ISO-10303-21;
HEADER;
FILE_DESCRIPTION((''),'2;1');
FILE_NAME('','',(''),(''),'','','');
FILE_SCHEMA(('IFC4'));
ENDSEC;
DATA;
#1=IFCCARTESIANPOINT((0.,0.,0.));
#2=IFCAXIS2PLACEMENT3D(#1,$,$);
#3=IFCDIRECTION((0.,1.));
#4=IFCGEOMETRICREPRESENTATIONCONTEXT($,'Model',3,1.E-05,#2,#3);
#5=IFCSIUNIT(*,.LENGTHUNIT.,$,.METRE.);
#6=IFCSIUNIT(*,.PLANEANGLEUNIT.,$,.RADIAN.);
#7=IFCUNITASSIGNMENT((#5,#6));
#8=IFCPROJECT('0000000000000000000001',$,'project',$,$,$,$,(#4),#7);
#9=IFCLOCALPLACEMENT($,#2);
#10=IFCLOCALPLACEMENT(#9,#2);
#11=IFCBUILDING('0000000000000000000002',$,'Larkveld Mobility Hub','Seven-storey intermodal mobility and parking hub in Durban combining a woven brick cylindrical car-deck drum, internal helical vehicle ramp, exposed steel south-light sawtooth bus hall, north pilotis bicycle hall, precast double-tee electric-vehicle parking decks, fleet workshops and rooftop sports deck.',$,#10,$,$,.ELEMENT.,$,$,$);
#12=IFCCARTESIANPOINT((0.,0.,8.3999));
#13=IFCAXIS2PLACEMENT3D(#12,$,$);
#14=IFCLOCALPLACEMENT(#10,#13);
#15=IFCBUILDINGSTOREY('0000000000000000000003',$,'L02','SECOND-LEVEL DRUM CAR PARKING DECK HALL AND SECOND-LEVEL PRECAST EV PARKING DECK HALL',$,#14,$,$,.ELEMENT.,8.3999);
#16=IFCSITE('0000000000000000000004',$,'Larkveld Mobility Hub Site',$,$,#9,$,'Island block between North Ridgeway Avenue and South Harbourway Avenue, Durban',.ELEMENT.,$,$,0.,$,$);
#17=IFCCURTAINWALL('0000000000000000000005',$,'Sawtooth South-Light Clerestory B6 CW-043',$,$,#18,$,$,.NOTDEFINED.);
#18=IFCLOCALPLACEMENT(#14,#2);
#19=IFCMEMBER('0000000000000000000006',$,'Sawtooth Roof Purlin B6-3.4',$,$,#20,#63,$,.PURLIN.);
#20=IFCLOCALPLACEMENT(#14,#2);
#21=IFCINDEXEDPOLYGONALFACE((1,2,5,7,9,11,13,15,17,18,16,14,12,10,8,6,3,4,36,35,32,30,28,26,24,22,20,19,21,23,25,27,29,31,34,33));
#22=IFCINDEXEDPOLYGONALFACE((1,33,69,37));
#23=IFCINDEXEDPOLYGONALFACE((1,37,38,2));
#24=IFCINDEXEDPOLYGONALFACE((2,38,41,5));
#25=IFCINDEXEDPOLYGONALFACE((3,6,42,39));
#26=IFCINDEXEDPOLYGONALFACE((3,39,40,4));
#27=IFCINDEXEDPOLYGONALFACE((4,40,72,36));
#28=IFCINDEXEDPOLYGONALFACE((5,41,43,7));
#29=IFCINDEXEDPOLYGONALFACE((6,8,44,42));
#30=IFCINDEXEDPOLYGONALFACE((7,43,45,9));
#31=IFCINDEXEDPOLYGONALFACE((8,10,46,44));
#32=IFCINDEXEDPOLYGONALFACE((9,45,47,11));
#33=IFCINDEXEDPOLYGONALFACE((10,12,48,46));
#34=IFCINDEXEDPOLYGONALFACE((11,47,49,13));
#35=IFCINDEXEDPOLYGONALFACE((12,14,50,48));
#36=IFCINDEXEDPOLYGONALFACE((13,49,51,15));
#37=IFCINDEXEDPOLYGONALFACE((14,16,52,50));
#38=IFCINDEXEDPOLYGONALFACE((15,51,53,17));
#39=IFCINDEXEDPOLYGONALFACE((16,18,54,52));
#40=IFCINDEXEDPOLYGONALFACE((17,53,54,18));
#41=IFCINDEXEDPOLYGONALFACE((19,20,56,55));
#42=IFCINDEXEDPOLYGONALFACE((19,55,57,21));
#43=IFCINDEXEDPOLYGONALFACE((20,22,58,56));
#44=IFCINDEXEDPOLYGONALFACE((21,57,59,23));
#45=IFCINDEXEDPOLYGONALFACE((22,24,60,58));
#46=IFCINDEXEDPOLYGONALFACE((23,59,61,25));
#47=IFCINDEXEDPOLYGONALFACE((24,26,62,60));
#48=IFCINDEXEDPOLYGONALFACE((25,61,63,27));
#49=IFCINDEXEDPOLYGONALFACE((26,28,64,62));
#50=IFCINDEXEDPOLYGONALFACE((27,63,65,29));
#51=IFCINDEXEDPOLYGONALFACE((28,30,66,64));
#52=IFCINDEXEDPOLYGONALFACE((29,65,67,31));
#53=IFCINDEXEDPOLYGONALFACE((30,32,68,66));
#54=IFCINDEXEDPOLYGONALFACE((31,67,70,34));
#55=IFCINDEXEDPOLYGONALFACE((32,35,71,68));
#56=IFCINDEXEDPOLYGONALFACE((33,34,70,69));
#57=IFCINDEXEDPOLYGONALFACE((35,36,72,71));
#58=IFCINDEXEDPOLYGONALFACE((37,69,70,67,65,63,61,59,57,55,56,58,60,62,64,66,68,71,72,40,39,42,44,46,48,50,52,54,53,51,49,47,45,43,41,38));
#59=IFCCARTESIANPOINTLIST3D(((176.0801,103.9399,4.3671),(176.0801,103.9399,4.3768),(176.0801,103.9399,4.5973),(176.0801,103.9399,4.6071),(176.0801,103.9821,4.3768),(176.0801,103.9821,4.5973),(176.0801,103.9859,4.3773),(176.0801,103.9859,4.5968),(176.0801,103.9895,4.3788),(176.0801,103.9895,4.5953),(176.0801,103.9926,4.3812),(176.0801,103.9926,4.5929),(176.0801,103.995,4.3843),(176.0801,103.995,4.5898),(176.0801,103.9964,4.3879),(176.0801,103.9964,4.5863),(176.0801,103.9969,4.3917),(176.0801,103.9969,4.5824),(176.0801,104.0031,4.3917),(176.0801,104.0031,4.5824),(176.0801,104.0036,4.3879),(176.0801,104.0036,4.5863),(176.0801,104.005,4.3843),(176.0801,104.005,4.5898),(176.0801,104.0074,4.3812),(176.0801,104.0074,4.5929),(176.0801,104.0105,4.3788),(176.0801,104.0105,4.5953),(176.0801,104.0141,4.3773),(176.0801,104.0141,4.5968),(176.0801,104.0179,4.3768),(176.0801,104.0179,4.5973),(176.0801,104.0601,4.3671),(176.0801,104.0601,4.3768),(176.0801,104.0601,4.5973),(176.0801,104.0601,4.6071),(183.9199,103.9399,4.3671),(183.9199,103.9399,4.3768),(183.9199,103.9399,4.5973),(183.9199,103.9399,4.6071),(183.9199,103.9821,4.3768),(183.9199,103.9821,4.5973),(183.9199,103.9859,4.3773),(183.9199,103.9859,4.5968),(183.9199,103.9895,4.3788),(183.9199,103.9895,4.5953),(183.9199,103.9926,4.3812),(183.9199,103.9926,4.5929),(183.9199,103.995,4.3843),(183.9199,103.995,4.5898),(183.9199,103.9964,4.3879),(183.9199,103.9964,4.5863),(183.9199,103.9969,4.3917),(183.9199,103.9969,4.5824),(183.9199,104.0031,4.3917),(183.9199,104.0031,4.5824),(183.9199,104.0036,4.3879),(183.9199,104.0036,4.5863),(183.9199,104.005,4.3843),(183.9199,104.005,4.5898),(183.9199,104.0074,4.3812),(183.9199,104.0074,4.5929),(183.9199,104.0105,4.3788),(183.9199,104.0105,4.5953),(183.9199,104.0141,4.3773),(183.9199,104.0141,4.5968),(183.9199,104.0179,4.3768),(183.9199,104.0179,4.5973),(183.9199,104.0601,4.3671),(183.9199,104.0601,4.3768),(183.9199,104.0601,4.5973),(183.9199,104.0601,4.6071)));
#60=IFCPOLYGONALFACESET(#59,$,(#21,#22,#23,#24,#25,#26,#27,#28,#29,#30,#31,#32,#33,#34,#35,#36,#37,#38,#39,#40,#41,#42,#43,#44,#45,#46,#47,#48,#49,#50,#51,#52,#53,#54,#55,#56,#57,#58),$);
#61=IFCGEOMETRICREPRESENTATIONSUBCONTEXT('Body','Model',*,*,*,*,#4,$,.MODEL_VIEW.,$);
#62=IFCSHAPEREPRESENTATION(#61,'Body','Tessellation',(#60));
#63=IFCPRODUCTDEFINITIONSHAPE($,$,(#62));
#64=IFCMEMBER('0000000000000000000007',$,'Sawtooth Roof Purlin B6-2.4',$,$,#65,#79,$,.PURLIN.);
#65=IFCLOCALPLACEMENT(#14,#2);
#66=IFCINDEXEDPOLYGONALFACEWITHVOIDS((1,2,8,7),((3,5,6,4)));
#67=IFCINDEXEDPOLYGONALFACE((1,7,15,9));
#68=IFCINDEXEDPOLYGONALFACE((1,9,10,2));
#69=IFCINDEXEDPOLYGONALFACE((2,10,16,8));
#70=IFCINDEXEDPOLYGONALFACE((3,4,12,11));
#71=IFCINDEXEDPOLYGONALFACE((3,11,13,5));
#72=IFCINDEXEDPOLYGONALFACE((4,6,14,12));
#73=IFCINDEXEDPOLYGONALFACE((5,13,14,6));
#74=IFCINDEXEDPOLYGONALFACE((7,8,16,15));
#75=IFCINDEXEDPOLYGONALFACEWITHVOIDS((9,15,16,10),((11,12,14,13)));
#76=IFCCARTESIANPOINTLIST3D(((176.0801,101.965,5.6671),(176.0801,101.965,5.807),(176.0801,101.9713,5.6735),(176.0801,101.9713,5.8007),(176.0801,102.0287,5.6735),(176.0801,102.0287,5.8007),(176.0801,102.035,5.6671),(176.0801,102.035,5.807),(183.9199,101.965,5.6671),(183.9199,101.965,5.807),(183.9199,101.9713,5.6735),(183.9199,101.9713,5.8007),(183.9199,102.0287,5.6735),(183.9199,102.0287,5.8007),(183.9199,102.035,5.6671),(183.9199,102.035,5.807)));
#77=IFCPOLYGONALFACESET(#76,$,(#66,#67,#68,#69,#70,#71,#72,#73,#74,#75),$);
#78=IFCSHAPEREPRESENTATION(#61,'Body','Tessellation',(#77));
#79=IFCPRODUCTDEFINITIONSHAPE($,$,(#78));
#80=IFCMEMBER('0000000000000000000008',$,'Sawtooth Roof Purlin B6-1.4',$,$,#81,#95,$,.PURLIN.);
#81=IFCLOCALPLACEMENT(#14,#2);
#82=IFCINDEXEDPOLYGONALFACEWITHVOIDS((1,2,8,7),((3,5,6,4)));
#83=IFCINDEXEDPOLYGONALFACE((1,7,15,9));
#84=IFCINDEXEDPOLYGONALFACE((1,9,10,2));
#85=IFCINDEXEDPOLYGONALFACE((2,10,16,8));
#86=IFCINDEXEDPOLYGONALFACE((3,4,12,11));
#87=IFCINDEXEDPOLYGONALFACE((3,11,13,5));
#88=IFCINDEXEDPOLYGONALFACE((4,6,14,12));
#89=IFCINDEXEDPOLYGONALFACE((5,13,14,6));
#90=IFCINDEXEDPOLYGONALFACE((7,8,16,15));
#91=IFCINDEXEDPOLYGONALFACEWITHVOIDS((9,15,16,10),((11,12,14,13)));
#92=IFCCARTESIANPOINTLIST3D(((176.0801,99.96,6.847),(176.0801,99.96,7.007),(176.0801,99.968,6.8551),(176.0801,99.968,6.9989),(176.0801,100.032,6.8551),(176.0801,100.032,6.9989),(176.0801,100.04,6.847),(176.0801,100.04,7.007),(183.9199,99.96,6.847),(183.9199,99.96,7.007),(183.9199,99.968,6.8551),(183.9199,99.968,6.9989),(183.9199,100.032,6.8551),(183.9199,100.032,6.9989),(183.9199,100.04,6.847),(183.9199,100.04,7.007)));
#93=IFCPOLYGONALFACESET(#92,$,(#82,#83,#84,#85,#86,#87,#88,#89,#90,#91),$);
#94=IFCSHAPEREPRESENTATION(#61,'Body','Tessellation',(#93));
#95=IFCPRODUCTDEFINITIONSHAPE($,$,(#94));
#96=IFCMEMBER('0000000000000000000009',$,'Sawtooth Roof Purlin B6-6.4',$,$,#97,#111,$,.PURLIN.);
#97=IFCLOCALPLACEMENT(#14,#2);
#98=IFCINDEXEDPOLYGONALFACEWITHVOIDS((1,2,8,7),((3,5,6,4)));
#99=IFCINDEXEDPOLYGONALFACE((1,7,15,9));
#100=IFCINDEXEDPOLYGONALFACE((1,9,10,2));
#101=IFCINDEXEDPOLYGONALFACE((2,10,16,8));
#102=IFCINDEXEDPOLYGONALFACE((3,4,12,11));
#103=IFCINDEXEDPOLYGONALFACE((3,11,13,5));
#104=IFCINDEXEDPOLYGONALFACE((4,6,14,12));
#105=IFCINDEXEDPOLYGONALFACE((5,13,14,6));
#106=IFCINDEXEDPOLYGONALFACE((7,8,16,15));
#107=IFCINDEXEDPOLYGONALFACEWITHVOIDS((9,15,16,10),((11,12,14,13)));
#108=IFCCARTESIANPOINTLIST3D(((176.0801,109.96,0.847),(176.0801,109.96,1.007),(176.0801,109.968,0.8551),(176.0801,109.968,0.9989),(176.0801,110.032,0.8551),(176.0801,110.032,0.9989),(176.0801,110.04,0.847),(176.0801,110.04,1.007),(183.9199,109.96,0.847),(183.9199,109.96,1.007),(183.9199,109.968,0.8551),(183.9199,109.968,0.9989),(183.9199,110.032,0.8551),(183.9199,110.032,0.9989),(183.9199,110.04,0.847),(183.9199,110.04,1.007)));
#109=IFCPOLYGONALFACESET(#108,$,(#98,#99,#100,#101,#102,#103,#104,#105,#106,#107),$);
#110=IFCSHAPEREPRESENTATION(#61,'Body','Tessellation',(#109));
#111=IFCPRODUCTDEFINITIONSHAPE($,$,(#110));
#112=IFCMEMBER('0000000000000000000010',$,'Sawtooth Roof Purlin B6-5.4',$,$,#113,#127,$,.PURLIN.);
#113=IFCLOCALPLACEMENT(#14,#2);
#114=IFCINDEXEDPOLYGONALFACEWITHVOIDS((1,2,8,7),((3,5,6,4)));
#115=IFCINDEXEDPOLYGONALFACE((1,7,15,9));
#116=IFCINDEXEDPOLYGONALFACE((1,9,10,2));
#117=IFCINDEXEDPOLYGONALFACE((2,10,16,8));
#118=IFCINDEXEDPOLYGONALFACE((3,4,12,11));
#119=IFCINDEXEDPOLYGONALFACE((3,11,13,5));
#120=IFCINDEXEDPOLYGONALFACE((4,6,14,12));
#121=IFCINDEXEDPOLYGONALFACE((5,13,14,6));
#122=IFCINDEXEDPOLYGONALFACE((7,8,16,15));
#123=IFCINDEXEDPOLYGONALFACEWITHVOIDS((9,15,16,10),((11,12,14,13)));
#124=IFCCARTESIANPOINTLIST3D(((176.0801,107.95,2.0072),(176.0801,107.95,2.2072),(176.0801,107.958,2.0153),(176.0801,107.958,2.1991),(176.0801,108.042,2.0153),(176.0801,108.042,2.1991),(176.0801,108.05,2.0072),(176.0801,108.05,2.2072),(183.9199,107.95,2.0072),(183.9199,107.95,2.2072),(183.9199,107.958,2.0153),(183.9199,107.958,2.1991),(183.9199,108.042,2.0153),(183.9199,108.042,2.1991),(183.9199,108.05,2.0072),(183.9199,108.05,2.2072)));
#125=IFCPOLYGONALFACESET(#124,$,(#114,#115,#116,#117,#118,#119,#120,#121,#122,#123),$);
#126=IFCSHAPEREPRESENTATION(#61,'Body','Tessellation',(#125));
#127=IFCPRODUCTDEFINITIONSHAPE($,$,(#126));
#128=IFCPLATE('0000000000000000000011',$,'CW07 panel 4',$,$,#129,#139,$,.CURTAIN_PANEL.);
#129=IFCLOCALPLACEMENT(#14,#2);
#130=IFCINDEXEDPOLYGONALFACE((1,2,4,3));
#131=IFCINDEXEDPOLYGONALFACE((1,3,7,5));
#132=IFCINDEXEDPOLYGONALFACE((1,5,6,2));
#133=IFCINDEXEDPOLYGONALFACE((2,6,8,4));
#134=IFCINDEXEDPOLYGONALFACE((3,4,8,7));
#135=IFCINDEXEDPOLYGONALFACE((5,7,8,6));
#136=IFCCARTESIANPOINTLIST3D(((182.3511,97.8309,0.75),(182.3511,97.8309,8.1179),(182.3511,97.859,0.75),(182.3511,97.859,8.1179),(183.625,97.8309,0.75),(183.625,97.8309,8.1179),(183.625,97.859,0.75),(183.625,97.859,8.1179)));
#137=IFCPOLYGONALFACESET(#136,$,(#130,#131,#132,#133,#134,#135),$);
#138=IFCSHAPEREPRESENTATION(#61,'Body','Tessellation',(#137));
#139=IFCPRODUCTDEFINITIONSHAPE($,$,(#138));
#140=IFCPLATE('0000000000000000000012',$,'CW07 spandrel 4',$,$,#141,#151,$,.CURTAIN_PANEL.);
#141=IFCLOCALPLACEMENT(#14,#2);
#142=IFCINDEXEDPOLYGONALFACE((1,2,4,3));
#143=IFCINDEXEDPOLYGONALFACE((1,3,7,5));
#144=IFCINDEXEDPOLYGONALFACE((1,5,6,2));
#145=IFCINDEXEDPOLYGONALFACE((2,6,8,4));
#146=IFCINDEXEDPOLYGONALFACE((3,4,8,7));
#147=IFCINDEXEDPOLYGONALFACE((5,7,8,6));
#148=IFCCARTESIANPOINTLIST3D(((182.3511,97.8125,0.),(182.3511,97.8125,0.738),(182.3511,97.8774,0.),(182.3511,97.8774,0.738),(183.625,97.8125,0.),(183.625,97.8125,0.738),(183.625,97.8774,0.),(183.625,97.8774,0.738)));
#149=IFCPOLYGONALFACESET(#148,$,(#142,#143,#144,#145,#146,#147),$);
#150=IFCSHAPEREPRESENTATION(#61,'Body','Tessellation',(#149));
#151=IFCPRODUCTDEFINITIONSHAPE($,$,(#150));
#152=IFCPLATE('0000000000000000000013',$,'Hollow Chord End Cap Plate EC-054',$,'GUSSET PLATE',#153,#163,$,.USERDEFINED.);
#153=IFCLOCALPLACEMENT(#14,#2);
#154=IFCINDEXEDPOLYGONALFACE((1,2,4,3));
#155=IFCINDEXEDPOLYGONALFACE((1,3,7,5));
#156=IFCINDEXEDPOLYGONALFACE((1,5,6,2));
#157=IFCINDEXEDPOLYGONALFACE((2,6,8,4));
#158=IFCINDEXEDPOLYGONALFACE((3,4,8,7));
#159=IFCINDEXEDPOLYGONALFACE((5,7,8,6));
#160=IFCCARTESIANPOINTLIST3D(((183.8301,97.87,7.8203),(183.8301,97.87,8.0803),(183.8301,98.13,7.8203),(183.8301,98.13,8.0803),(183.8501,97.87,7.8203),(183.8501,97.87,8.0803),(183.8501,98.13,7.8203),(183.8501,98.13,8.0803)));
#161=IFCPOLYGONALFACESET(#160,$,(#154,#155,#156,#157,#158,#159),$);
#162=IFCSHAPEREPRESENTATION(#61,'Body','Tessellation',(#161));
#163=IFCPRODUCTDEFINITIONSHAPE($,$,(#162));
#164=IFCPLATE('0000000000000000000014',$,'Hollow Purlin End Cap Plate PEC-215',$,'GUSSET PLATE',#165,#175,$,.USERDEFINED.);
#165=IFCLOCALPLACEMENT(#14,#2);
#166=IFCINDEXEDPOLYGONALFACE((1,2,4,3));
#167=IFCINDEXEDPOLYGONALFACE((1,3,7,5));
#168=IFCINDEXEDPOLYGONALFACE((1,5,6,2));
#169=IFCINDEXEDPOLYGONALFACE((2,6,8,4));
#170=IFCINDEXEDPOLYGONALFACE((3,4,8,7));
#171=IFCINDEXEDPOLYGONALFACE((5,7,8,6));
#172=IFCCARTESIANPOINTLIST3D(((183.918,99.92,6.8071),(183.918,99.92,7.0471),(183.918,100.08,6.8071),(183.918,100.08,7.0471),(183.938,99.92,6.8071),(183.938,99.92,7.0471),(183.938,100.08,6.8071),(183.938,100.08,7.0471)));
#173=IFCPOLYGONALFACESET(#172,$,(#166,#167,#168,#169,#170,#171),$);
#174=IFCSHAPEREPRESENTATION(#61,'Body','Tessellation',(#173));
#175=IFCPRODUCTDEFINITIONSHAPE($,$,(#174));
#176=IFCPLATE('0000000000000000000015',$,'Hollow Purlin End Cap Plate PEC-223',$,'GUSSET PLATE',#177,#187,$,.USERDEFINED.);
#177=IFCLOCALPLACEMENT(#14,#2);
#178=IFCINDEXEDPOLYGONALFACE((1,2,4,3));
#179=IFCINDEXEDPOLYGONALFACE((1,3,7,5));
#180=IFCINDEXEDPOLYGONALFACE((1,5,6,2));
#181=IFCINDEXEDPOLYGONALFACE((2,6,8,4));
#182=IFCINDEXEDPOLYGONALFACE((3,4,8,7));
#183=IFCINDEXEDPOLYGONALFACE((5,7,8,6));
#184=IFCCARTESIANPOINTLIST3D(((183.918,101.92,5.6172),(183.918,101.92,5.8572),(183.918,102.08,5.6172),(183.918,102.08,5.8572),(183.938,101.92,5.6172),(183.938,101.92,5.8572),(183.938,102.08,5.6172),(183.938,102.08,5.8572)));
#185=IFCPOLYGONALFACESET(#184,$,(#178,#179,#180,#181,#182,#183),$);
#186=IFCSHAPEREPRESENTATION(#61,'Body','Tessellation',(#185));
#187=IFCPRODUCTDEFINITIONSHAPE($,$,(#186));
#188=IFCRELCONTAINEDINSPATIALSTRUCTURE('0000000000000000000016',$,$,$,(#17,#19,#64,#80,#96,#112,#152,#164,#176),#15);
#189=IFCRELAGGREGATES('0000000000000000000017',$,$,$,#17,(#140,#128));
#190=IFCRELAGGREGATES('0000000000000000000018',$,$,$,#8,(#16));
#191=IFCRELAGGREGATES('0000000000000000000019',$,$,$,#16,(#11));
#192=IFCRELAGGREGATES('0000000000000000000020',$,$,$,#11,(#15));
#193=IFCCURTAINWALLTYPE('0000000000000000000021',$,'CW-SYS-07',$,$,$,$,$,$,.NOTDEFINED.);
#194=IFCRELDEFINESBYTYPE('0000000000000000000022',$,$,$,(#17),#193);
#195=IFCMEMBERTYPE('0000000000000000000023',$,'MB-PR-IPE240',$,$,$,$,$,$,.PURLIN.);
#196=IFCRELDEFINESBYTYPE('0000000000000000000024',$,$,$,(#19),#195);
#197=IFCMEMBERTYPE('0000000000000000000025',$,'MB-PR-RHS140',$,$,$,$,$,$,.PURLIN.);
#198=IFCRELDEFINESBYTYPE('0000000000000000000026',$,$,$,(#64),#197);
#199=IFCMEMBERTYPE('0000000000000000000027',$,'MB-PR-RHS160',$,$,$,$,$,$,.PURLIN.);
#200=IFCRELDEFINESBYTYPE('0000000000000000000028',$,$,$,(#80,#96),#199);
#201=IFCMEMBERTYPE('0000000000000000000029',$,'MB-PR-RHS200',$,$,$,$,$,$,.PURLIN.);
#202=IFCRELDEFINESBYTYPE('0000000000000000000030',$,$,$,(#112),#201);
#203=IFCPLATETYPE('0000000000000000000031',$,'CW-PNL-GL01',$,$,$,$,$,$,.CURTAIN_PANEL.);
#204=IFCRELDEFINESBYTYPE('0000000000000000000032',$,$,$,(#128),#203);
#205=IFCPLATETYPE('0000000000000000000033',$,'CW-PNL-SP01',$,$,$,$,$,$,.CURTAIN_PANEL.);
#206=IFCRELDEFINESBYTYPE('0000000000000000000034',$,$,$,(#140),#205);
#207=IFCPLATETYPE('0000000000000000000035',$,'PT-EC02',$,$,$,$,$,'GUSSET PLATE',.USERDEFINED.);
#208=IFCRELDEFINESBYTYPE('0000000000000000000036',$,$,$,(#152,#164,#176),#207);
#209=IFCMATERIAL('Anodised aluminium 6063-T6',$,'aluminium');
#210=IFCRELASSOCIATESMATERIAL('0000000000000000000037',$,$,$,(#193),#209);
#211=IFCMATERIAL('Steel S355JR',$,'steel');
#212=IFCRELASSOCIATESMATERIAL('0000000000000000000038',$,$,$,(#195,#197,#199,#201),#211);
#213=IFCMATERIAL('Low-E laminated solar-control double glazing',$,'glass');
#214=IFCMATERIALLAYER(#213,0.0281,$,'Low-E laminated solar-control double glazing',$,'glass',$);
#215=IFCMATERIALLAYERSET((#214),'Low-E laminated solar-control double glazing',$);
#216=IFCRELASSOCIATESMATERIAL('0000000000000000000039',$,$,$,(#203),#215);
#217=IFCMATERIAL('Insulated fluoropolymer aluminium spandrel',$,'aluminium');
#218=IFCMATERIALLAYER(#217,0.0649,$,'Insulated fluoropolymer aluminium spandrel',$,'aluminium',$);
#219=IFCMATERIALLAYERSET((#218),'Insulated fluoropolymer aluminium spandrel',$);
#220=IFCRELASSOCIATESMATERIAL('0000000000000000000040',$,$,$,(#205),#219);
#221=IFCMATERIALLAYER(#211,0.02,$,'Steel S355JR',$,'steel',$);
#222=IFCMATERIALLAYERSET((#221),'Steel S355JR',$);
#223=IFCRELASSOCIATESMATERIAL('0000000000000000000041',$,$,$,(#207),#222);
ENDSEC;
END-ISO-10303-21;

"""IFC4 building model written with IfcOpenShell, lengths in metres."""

from ifc_helpers import new_model, si_unit, direction, frame, origin, origin_2d, place, context, subcontext, project, spatial, rectangle, hollow_rectangle, i_section, extrude, material, layer, layer_set, material_profile, profile_set, type_object, element, aggregate, save


model = new_model("IFC4")

# Units and contexts
model_context = context("Model", 3, precision=1e-05, world=origin(), true_north=direction((0.0, 1.0)))
body_context = subcontext(model_context, "Body", "Model", "MODEL_VIEW")
ifc_project = project(units=[si_unit("LENGTHUNIT", "METRE"), si_unit("PLANEANGLEUNIT", "RADIAN")], contexts=[model_context])

# Site, building, storey
site_placement = place(None, origin())
site = spatial("IfcSite", under=ifc_project, at=site_placement, Name="Larkveld Mobility Hub Site", LongName="Island block between North Ridgeway Avenue and South Harbourway Avenue, Durban", CompositionType="ELEMENT", RefElevation=0.0)
building_placement = place(site_placement, origin())
building = spatial("IfcBuilding", under=site, at=building_placement, Name="Larkveld Mobility Hub", Description="Seven-storey intermodal mobility and parking hub in Durban combining a woven brick cylindrical car-deck drum, internal helical vehicle ramp, exposed steel south-light sawtooth bus hall, north pilotis bicycle hall, precast double-tee electric-vehicle parking decks, fleet workshops and rooftop sports deck.", CompositionType="ELEMENT")
storey_placement = place(building_placement, frame((0.0, 0.0, 8.3999)))
storey = spatial("IfcBuildingStorey", under=building, at=storey_placement, Name="L02", Description="SECOND-LEVEL DRUM CAR PARKING DECK HALL AND SECOND-LEVEL PRECAST EV PARKING DECK HALL", CompositionType="ELEMENT", Elevation=8.3999)

# Shared definitions
ifc_material_1 = material(Name="Steel S355JR", Category="steel")

# Curtain wall
ifc_material_2 = material(Name="Anodised aluminium 6063-T6", Category="aluminium")
curtain_wall_type = type_object("IfcCurtainWallType", Name="CW-SYS-07", PredefinedType="NOTDEFINED", material=ifc_material_2)
curtain_wall_placement = place(storey_placement, origin())
curtain_wall = element("IfcCurtainWall", 1, at=curtain_wall_placement, inside=storey, type_object=curtain_wall_type, Name="Sawtooth South-Light Clerestory B6 CW-043", PredefinedType="NOTDEFINED")

# Members
ifc_material_profile_1 = material_profile(ifc_material_1, i_section(OverallWidth=0.1201, OverallDepth=0.24, WebThickness=0.0061, FlangeThickness=0.0098, FilletRadius=0.0149, at=origin_2d()), Name="IPE 240")
ifc_profile_set_1 = profile_set([ifc_material_profile_1], Name="Steel S355JR")
member_type_1 = type_object("IfcMemberType", Name="MB-PR-IPE240", PredefinedType="PURLIN", material=ifc_profile_set_1)
member_1_placement = place(storey_placement, frame((176.0801, 104.0, 4.4871), z_axis=(1.0, 0.0, 0.0), x_axis=(0.0, 1.0, 0.0)))
element("IfcMember", 2, at=member_1_placement, inside=storey, type_object=member_type_1, Name="Sawtooth Roof Purlin B6-3.4", PredefinedType="PURLIN", context=body_context, shape_type="SweptSolid", body=[
    extrude(i_section(OverallWidth=0.1201, OverallDepth=0.24, WebThickness=0.0061, FlangeThickness=0.0098, FilletRadius=0.0149, at=origin_2d()), origin(), (0.0, 0.0, 1.0), 7.8398),
])
ifc_material_profile_2 = material_profile(ifc_material_1, hollow_rectangle(XDim=0.0701, YDim=0.1399, WallThickness=0.0063, at=origin_2d()), Name="RHS 140x70x6.3")
ifc_profile_set_2 = profile_set([ifc_material_profile_2], Name="Steel S355JR")
member_type_2 = type_object("IfcMemberType", Name="MB-PR-RHS140", PredefinedType="PURLIN", material=ifc_profile_set_2)
member_2_placement = place(storey_placement, frame((176.0801, 102.0, 5.7371), z_axis=(1.0, 0.0, 0.0), x_axis=(0.0, 1.0, 0.0)))
element("IfcMember", 3, at=member_2_placement, inside=storey, type_object=member_type_2, Name="Sawtooth Roof Purlin B6-2.4", PredefinedType="PURLIN", context=body_context, shape_type="SweptSolid", body=[
    extrude(hollow_rectangle(XDim=0.0701, YDim=0.1399, WallThickness=0.0063, at=origin_2d()), origin(), (0.0, 0.0, 1.0), 7.8398),
])
ifc_material_profile_3 = material_profile(ifc_material_1, hollow_rectangle(XDim=0.0801, YDim=0.1599, WallThickness=0.0081, at=origin_2d()), Name="RHS 160x80x8")
ifc_profile_set_3 = profile_set([ifc_material_profile_3], Name="Steel S355JR")
member_type_3 = type_object("IfcMemberType", Name="MB-PR-RHS160", PredefinedType="PURLIN", material=ifc_profile_set_3)
for number, where, z_axis, x_axis, name in (
    (4, (176.0801, 100.0, 6.927), (1.0, 0.0, 0.0), (0.0, 1.0, 0.0), "Sawtooth Roof Purlin B6-1.4"),
    (5, (176.0801, 110.0, 0.927), (1.0, 0.0, 0.0), (0.0, 1.0, 0.0), "Sawtooth Roof Purlin B6-6.4"),
):
    element("IfcMember", number, at=place(storey_placement, frame(where, z_axis=z_axis, x_axis=x_axis)), inside=storey, type_object=member_type_3, Name=name, PredefinedType="PURLIN", context=body_context, shape_type="SweptSolid", body=[
        extrude(hollow_rectangle(XDim=0.0801, YDim=0.1599, WallThickness=0.0081, at=origin_2d()), origin(), (0.0, 0.0, 1.0), 7.8398),
    ])
ifc_material_profile_4 = material_profile(ifc_material_1, hollow_rectangle(XDim=0.1001, YDim=0.2, WallThickness=0.0081, at=origin_2d()), Name="RHS 200x100x8")
ifc_profile_set_4 = profile_set([ifc_material_profile_4], Name="Steel S355JR")
member_type_4 = type_object("IfcMemberType", Name="MB-PR-RHS200", PredefinedType="PURLIN", material=ifc_profile_set_4)
member_3_placement = place(storey_placement, frame((176.0801, 108.0, 2.1072), z_axis=(1.0, 0.0, 0.0), x_axis=(0.0, 1.0, 0.0)))
element("IfcMember", 6, at=member_3_placement, inside=storey, type_object=member_type_4, Name="Sawtooth Roof Purlin B6-5.4", PredefinedType="PURLIN", context=body_context, shape_type="SweptSolid", body=[
    extrude(hollow_rectangle(XDim=0.1001, YDim=0.2, WallThickness=0.0081, at=origin_2d()), origin(), (0.0, 0.0, 1.0), 7.8398),
])

# Plates
ifc_material_3 = material(Name="Low-E laminated solar-control double glazing", Category="glass")
ifc_layer_1 = layer(ifc_material_3, 0.0281, Name="Low-E laminated solar-control double glazing", Category="glass")
ifc_layer_set_1 = layer_set([ifc_layer_1], Name="Low-E laminated solar-control double glazing")
plate_type_1 = type_object("IfcPlateType", Name="CW-PNL-GL01", PredefinedType="CURTAIN_PANEL", material=ifc_layer_set_1)
plate_1_placement = place(storey_placement, frame((182.988, 97.845, 0.75), z_axis=(0.0, 0.0, 1.0), x_axis=(1.0, 0.0, 0.0)))
plate_1 = element("IfcPlate", 7, at=plate_1_placement, type_object=plate_type_1, Name="CW07 panel 4", PredefinedType="CURTAIN_PANEL", context=body_context, shape_type="SweptSolid", body=[
    extrude(rectangle(XDim=1.2739, YDim=0.0281, at=origin_2d()), origin(), (0.0, 0.0, 1.0), 7.3679),
])
ifc_material_4 = material(Name="Insulated fluoropolymer aluminium spandrel", Category="aluminium")
ifc_layer_2 = layer(ifc_material_4, 0.0649, Name="Insulated fluoropolymer aluminium spandrel", Category="aluminium")
ifc_layer_set_2 = layer_set([ifc_layer_2], Name="Insulated fluoropolymer aluminium spandrel")
plate_type_2 = type_object("IfcPlateType", Name="CW-PNL-SP01", PredefinedType="CURTAIN_PANEL", material=ifc_layer_set_2)
plate_2_placement = place(storey_placement, frame((182.988, 97.845, 0.0), z_axis=(0.0, 0.0, 1.0), x_axis=(1.0, 0.0, 0.0)))
plate_2 = element("IfcPlate", 8, at=plate_2_placement, type_object=plate_type_2, Name="CW07 spandrel 4", PredefinedType="CURTAIN_PANEL", context=body_context, shape_type="SweptSolid", body=[
    extrude(rectangle(XDim=1.2739, YDim=0.0649, at=origin_2d()), origin(), (0.0, 0.0, 1.0), 0.738),
])
aggregate(curtain_wall, [plate_2, plate_1])

# Plates
ifc_layer_3 = layer(ifc_material_1, 0.02, Name="Steel S355JR", Category="steel")
ifc_layer_set_3 = layer_set([ifc_layer_3], Name="Steel S355JR")
plate_type_3 = type_object("IfcPlateType", Name="PT-EC02", ElementType="GUSSET PLATE", PredefinedType="USERDEFINED", material=ifc_layer_set_3)
plate_3_placement = place(storey_placement, frame((183.8401, 98.0, 7.8203), z_axis=(0.0, 0.0, 1.0), x_axis=(1.0, 0.0, 0.0)))
element("IfcPlate", 9, at=plate_3_placement, inside=storey, type_object=plate_type_3, Name="Hollow Chord End Cap Plate EC-054", ObjectType="GUSSET PLATE", PredefinedType="USERDEFINED", context=body_context, shape_type="SweptSolid", body=[
    extrude(rectangle(XDim=0.02, YDim=0.26, at=origin_2d()), origin(), (0.0, 0.0, 1.0), 0.26),
])
for number, where, z_axis, x_axis, name in (
    (10, (183.928, 100.0, 6.8071), (0.0, 0.0, 1.0), (1.0, 0.0, 0.0), "Hollow Purlin End Cap Plate PEC-215"),
    (11, (183.928, 102.0, 5.6172), (0.0, 0.0, 1.0), (1.0, 0.0, 0.0), "Hollow Purlin End Cap Plate PEC-223"),
):
    element("IfcPlate", number, at=place(storey_placement, frame(where, z_axis=z_axis, x_axis=x_axis)), inside=storey, type_object=plate_type_3, Name=name, ObjectType="GUSSET PLATE", PredefinedType="USERDEFINED", context=body_context, shape_type="SweptSolid", body=[
        extrude(rectangle(XDim=0.02, YDim=0.1599, at=origin_2d()), origin(), (0.0, 0.0, 1.0), 0.24),
    ])

save(model, "model.ifc")
